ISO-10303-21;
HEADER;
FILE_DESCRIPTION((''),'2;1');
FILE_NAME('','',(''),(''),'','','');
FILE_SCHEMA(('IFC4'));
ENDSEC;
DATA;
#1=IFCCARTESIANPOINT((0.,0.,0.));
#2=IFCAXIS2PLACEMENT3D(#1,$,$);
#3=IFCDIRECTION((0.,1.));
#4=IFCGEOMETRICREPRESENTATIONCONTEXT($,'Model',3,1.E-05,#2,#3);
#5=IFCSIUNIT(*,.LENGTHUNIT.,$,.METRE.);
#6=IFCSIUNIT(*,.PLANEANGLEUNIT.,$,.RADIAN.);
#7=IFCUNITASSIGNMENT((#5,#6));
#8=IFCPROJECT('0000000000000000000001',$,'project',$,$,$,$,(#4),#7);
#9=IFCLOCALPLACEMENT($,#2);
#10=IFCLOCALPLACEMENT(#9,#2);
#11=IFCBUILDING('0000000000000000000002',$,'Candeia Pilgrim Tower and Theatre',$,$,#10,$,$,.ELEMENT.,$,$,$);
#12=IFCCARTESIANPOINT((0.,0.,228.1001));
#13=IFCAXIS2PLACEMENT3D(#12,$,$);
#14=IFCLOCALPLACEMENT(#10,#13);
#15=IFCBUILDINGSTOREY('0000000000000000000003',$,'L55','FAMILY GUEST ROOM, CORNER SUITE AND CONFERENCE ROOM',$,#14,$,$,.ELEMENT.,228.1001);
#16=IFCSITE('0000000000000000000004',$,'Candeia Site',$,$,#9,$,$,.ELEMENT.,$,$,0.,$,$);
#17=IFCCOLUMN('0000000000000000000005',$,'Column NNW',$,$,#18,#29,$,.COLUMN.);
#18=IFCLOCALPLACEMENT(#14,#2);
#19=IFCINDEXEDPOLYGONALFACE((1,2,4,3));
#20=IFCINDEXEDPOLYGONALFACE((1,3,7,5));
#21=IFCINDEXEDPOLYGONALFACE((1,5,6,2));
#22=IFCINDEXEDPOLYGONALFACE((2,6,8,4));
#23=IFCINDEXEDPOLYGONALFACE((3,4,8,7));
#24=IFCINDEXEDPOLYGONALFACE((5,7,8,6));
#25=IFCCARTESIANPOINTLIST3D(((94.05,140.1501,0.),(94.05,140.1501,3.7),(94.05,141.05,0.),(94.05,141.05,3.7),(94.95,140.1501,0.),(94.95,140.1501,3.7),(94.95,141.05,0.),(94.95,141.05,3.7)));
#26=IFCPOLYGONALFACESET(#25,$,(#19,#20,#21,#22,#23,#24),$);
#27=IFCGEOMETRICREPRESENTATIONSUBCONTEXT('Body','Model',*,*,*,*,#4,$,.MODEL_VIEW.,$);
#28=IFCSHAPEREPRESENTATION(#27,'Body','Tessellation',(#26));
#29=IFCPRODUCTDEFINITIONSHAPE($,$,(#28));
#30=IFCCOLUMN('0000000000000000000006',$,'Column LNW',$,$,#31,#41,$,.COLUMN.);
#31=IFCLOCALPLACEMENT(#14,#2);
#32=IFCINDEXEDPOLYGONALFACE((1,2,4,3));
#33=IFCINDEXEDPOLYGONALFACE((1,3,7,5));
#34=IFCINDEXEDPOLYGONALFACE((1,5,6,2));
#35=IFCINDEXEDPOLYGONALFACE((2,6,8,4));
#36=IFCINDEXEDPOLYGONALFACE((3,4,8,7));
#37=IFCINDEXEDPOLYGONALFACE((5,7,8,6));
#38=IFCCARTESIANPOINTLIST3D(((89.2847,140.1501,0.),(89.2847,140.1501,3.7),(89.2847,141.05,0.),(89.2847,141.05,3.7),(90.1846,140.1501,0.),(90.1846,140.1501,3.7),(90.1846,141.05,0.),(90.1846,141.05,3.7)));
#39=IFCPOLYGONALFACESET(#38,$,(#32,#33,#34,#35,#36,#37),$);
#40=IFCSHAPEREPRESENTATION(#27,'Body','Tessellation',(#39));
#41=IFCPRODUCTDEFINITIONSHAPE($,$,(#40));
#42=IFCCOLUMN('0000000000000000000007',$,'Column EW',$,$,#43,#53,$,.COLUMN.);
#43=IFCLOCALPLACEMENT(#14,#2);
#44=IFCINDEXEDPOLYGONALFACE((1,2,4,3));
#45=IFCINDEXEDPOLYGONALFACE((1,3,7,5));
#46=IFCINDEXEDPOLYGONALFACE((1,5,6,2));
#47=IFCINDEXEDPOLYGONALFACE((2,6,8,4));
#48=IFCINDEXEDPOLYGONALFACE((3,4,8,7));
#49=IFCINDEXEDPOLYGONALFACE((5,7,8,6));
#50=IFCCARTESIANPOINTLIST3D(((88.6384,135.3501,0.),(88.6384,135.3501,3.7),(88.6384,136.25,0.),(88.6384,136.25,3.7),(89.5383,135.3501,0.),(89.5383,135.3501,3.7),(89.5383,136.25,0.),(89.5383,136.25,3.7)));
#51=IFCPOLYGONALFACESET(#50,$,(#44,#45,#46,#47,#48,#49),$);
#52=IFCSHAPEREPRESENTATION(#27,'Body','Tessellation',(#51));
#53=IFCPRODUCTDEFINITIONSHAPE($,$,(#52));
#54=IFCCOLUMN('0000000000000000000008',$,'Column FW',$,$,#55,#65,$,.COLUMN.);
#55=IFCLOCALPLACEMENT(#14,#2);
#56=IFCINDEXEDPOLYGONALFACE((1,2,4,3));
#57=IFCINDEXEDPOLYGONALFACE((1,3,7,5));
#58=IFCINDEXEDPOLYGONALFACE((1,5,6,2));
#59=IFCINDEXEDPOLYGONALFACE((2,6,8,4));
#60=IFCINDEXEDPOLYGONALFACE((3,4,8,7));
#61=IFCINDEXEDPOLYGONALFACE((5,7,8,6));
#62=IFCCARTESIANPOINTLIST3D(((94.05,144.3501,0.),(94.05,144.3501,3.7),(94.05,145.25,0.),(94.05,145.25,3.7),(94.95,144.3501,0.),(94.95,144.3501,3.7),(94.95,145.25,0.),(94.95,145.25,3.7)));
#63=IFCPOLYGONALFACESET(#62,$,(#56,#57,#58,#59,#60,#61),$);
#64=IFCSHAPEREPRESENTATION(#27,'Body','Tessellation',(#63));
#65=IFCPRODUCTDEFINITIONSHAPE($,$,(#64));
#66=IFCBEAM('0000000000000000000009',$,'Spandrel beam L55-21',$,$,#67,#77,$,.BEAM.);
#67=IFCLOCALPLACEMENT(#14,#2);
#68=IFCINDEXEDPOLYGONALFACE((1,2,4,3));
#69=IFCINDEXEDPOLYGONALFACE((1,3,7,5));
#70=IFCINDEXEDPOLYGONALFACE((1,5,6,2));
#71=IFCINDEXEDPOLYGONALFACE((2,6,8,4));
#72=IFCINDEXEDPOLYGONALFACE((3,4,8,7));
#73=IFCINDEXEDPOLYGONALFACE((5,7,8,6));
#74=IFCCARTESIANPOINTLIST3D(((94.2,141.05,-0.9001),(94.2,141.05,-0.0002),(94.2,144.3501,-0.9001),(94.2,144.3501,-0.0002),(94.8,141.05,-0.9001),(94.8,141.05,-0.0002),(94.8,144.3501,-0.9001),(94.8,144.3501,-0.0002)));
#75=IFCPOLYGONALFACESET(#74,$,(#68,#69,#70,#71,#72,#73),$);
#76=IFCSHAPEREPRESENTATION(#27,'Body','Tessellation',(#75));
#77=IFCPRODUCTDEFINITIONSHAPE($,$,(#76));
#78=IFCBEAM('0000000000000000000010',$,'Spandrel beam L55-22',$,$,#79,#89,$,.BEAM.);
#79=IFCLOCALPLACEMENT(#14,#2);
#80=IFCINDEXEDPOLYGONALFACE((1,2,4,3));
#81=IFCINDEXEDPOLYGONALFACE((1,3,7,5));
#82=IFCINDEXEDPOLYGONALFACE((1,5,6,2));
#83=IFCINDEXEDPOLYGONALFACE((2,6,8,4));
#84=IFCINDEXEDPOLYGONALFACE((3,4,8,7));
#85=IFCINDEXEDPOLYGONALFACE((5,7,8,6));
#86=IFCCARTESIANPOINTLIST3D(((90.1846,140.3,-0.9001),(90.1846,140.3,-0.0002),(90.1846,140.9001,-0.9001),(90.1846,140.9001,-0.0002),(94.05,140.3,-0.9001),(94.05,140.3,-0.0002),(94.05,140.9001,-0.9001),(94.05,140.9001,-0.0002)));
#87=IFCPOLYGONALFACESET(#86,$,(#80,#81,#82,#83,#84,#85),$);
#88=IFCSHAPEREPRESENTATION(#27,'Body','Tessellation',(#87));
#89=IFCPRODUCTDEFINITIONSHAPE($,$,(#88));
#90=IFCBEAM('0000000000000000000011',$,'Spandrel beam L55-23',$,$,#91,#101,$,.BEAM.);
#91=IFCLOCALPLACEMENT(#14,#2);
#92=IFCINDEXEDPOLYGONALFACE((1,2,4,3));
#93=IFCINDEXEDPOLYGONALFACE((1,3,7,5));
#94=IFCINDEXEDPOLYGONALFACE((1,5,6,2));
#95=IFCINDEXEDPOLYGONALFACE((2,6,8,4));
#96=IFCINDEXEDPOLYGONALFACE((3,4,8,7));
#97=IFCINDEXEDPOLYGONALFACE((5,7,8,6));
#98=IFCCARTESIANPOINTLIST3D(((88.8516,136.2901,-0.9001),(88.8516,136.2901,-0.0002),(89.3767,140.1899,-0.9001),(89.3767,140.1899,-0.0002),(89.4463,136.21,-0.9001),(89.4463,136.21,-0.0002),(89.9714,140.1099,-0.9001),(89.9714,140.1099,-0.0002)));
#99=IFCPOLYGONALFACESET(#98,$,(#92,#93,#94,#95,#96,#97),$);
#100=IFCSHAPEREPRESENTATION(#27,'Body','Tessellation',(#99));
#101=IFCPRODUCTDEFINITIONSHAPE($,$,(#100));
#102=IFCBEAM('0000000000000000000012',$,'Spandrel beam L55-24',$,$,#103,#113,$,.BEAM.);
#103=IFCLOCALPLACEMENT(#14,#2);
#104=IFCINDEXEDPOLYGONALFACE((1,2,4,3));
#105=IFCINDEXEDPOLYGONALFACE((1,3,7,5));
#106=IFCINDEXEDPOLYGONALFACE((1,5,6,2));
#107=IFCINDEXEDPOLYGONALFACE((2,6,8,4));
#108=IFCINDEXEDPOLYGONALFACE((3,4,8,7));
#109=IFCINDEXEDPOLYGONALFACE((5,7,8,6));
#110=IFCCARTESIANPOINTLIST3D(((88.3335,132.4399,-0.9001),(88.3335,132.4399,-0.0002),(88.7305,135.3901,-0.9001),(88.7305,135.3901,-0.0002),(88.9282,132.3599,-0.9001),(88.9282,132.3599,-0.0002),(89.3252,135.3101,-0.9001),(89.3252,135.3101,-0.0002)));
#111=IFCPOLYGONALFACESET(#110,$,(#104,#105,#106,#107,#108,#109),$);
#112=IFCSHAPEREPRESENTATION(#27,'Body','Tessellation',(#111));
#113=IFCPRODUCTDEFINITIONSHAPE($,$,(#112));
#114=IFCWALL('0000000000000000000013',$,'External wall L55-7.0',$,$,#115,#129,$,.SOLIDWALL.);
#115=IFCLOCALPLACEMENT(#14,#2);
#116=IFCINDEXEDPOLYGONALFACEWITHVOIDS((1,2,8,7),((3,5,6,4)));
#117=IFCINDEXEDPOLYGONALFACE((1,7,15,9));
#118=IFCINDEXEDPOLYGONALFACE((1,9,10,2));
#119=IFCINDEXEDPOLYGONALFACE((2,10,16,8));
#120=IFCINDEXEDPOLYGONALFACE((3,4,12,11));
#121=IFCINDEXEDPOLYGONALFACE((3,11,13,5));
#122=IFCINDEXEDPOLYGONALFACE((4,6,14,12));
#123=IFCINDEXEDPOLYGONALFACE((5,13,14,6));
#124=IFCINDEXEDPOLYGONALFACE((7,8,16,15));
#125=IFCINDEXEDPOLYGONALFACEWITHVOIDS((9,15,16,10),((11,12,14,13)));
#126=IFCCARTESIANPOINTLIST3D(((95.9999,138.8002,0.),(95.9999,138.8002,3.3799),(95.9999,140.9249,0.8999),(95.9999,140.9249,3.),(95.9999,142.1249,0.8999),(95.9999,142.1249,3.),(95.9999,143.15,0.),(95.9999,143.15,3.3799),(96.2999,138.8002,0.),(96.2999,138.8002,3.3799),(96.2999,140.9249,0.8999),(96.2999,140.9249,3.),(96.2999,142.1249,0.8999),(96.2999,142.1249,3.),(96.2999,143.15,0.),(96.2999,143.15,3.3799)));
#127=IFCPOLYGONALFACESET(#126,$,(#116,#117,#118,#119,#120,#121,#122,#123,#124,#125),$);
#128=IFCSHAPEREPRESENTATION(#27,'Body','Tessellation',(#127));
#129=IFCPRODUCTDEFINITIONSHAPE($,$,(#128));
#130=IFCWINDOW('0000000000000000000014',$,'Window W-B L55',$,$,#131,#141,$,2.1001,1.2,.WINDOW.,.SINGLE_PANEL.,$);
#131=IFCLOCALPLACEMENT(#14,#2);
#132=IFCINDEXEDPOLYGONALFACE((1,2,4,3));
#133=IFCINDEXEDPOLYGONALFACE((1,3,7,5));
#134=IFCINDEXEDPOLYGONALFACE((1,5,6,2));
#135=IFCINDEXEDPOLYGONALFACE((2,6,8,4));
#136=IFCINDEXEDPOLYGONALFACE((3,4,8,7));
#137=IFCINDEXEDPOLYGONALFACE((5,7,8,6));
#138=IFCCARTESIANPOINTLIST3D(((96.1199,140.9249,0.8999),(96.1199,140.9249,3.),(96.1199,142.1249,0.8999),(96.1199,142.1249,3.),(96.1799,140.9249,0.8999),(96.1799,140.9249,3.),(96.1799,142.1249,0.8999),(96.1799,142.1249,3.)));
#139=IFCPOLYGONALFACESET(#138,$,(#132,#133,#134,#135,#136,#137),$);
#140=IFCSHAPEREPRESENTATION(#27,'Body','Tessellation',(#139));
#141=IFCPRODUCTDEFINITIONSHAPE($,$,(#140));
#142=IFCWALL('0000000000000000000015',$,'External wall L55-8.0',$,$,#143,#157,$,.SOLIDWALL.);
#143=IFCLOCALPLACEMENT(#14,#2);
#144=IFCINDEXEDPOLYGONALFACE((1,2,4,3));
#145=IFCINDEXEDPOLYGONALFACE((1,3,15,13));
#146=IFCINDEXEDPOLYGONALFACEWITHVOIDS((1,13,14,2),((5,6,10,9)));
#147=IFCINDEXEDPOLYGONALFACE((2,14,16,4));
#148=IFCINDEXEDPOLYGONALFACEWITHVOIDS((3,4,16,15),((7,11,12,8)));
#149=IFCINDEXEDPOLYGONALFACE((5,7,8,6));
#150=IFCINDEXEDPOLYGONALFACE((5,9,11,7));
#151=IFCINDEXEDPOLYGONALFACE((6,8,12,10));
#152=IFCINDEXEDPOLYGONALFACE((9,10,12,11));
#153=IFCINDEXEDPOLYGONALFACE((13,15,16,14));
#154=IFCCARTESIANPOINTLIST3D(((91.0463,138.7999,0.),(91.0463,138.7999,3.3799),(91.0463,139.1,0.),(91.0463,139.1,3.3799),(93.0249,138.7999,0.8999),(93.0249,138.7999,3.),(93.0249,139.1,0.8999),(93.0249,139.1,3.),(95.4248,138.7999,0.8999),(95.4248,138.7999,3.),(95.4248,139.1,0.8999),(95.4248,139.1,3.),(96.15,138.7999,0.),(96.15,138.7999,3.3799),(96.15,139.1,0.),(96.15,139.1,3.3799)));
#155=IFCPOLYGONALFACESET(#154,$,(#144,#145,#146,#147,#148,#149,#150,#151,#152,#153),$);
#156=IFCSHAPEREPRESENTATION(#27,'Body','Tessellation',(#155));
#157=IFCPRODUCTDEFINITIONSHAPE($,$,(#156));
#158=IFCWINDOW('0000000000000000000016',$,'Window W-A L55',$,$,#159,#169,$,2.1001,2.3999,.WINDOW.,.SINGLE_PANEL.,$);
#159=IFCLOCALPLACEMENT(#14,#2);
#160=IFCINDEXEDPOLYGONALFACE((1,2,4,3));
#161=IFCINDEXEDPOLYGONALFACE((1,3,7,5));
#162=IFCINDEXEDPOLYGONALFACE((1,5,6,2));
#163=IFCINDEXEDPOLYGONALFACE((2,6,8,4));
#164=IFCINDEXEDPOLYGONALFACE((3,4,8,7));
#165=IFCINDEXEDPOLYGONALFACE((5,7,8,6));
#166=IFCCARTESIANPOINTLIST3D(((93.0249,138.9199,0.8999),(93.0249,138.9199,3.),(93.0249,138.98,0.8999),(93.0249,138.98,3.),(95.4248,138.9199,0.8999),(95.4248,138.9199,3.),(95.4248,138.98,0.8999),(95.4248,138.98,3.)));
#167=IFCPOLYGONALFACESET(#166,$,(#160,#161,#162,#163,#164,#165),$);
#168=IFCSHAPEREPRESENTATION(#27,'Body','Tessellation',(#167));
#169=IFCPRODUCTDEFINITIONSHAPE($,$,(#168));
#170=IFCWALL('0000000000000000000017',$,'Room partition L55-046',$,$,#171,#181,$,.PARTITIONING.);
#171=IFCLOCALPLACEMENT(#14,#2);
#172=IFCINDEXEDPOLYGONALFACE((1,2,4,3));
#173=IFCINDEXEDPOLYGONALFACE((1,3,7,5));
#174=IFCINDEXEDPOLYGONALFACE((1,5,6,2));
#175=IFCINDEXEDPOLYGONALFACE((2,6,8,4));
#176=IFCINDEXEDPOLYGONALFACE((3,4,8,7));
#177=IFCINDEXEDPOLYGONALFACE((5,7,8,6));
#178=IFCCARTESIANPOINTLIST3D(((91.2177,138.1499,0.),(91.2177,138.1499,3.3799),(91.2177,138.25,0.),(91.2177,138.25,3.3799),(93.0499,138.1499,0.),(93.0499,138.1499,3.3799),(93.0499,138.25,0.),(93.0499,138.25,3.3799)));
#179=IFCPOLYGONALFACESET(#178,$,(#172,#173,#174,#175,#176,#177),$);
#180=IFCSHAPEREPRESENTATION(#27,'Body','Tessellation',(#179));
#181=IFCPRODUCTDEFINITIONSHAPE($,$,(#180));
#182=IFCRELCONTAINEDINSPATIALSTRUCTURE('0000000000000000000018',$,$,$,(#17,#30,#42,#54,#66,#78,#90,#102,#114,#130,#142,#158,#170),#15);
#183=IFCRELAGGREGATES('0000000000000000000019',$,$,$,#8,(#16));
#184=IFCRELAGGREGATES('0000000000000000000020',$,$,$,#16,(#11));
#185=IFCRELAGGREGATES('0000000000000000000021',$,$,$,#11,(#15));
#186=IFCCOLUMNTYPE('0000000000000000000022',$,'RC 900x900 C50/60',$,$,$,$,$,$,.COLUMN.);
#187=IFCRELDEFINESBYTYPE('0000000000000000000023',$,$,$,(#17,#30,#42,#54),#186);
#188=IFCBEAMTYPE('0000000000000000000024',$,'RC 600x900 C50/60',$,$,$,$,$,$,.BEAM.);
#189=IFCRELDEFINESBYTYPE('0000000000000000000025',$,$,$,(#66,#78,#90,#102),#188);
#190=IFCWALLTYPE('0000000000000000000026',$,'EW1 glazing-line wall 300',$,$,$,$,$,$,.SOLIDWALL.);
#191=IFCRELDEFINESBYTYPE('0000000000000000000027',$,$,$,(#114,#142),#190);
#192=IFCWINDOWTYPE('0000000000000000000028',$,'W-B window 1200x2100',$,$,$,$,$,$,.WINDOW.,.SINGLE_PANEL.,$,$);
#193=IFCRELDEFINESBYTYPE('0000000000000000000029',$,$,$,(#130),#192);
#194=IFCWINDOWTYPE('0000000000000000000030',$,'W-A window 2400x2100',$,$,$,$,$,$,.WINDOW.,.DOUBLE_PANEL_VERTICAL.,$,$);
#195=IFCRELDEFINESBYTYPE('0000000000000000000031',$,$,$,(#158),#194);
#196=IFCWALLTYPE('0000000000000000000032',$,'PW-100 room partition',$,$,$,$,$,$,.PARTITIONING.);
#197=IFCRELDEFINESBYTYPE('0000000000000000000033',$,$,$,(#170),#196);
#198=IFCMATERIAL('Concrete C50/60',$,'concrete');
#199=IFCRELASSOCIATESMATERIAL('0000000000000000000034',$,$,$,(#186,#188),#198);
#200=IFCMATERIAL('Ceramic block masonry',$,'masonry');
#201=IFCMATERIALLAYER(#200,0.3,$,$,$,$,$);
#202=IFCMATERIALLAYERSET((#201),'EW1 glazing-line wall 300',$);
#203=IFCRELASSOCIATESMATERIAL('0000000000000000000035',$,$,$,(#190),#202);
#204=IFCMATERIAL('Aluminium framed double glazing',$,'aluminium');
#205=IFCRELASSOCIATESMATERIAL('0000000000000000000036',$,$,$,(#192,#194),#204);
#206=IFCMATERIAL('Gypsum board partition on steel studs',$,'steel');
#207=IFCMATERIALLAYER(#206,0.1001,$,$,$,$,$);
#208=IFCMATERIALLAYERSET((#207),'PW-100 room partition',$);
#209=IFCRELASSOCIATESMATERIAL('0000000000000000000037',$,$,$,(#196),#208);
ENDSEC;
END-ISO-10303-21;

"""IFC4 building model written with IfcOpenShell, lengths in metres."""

from ifc_helpers import new_model, si_unit, direction, frame, frame_2d, origin, origin_2d, place, context, subcontext, project, spatial, rectangle, extrude, material, layer, layer_set, material_profile, profile_set, type_object, element, fill, save


model = new_model("IFC4")

# Units and contexts
model_context = context("Model", 3, precision=1e-05, world=origin(), true_north=direction((0.0, 1.0)))
body_context = subcontext(model_context, "Body", "Model", "MODEL_VIEW")
ifc_project = project(units=[si_unit("LENGTHUNIT", "METRE"), si_unit("PLANEANGLEUNIT", "RADIAN")], contexts=[model_context])

# Site, building, storey
site_placement = place(None, origin())
site = spatial("IfcSite", under=ifc_project, at=site_placement, Name="Candeia Site", CompositionType="ELEMENT", RefElevation=0.0)
building_placement = place(site_placement, origin())
building = spatial("IfcBuilding", under=site, at=building_placement, Name="Candeia Pilgrim Tower and Theatre", CompositionType="ELEMENT")
storey_placement = place(building_placement, frame((0.0, 0.0, 228.1001)))
storey = spatial("IfcBuildingStorey", under=building, at=storey_placement, Name="L55", Description="FAMILY GUEST ROOM, CORNER SUITE AND CONFERENCE ROOM", CompositionType="ELEMENT", Elevation=228.1001)

# Columns
ifc_material_1 = material(Name="Concrete C50/60", Category="concrete")
ifc_material_profile_1 = material_profile(ifc_material_1, rectangle(XDim=0.8999, YDim=0.8999, at=origin_2d()))
ifc_profile_set_1 = profile_set([ifc_material_profile_1], Name="Concrete C50/60")
column_type = type_object("IfcColumnType", Name="RC 900x900 C50/60", PredefinedType="COLUMN", material=ifc_profile_set_1)
for number, where, z_axis, x_axis, name in (
    (1, (94.5, 140.6001, 0.0), (0.0, 0.0, 1.0), (1.0, 0.0, 0.0), "Column NNW"),
    (2, (89.7346, 140.6001, 0.0), (0.0, 0.0, 1.0), (1.0, 0.0, 0.0), "Column LNW"),
    (3, (89.0884, 135.8, 0.0), (0.0, 0.0, 1.0), (1.0, 0.0, 0.0), "Column EW"),
    (4, (94.5, 144.8, 0.0), (0.0, 0.0, 1.0), (1.0, 0.0, 0.0), "Column FW"),
):
    element("IfcColumn", number, at=place(storey_placement, frame(where, z_axis=z_axis, x_axis=x_axis)), inside=storey, type_object=column_type, Name=name, PredefinedType="COLUMN", context=body_context, shape_type="SweptSolid", body=[
        extrude(rectangle(XDim=0.8999, YDim=0.8999, at=origin_2d()), origin(), (0.0, 0.0, 1.0), 3.7),
    ])

# Beams
ifc_material_profile_2 = material_profile(ifc_material_1, rectangle(XDim=0.6001, YDim=0.8999, at=origin_2d()))
ifc_profile_set_2 = profile_set([ifc_material_profile_2], Name="Concrete C50/60")
beam_type = type_object("IfcBeamType", Name="RC 600x900 C50/60", PredefinedType="BEAM", material=ifc_profile_set_2)
beam_1_placement = place(storey_placement, frame((94.5, 144.3501, -0.4502), z_axis=(0.0, -1.0, 0.0), x_axis=(1.0, 0.0, 0.0)))
element("IfcBeam", 5, at=beam_1_placement, inside=storey, type_object=beam_type, Name="Spandrel beam L55-21", PredefinedType="BEAM", context=body_context, shape_type="SweptSolid", body=[
    extrude(rectangle(XDim=0.6001, YDim=0.8999, at=origin_2d()), origin(), (0.0, 0.0, 1.0), 3.3),
])
beam_2_placement = place(storey_placement, frame((94.05, 140.6001, -0.4502), z_axis=(-1.0, 0.0, 0.0), x_axis=(0.0, -1.0, 0.0)))
element("IfcBeam", 6, at=beam_2_placement, inside=storey, type_object=beam_type, Name="Spandrel beam L55-22", PredefinedType="BEAM", context=body_context, shape_type="SweptSolid", body=[
    extrude(rectangle(XDim=0.6001, YDim=0.8999, at=origin_2d()), origin(), (0.0, 0.0, 1.0), 3.8655),
])
beam_3_placement = place(storey_placement, frame((89.6741, 140.1499, -0.4502), z_axis=(-0.133452, -0.991055, 0.0), x_axis=(0.991055, -0.133452, 0.0)))
element("IfcBeam", 7, at=beam_3_placement, inside=storey, type_object=beam_type, Name="Spandrel beam L55-23", PredefinedType="BEAM", context=body_context, shape_type="SweptSolid", body=[
    extrude(rectangle(XDim=0.6001, YDim=0.8999, at=origin_2d()), origin(), (0.0, 0.0, 1.0), 3.9351),
])
beam_4_placement = place(storey_placement, frame((89.0278, 135.3501, -0.4502), z_axis=(-0.133356, -0.991068, 0.0), x_axis=(0.991068, -0.133356, 0.0)))
element("IfcBeam", 8, at=beam_4_placement, inside=storey, type_object=beam_type, Name="Spandrel beam L55-24", PredefinedType="BEAM", context=body_context, shape_type="SweptSolid", body=[
    extrude(rectangle(XDim=0.6001, YDim=0.8999, at=origin_2d()), origin(), (0.0, 0.0, 1.0), 2.9768),
])

# Walls, openings, windows
ifc_material_2 = material(Name="Ceramic block masonry", Category="masonry")
ifc_layer_1 = layer(ifc_material_2, 0.3)
ifc_layer_set_1 = layer_set([ifc_layer_1], Name="EW1 glazing-line wall 300")
wall_type_1 = type_object("IfcWallType", Name="EW1 glazing-line wall 300", PredefinedType="SOLIDWALL", material=ifc_layer_set_1)
wall_1_placement = place(storey_placement, frame((96.1499, 143.1499, 0.0), z_axis=(0.0, 0.0, 1.0), x_axis=(0.0, -1.0, 0.0)))
wall_1 = element("IfcWall", 9, at=wall_1_placement, inside=storey, type_object=wall_type_1, Name="External wall L55-7.0", PredefinedType="SOLIDWALL", context=body_context, shape_type="SweptSolid", body=[
    extrude(rectangle(XDim=4.3499, YDim=0.3, at=frame_2d((2.1748, 0.0))), origin(), (0.0, 0.0, 1.0), 3.3799),
])
opening_1_placement = place(wall_1_placement, frame((1.0249, 0.0, 0.8999)))
opening_1 = element("IfcOpeningElement", 10, at=opening_1_placement, cuts=wall_1, PredefinedType="OPENING", context=body_context, shape_type="SweptSolid", body=[
    extrude(rectangle(XDim=1.2, YDim=2.1001, at=frame_2d((0.6001, 1.05))), frame((0.0, 0.1602, 0.0), z_axis=(0.0, -1.0, 0.0), x_axis=(1.0, 0.0, 0.0)), (0.0, 0.0, 1.0), 0.3201),
])
ifc_material_3 = material(Name="Aluminium framed double glazing", Category="aluminium")
window_type_1 = type_object("IfcWindowType", Name="W-B window 1200x2100", PartitioningType="SINGLE_PANEL", PredefinedType="WINDOW", material=ifc_material_3)
window_1_placement = place(opening_1_placement, origin())
window_1 = element("IfcWindow", 11, at=window_1_placement, inside=storey, type_object=window_type_1, Name="Window W-B L55", OverallHeight=2.1001, OverallWidth=1.2, PartitioningType="SINGLE_PANEL", PredefinedType="WINDOW", context=body_context, shape_type="SweptSolid", body=[
    extrude(rectangle(XDim=1.2, YDim=2.1001, at=frame_2d((0.6001, 1.05))), frame((0.0, 0.03, 0.0), z_axis=(0.0, -1.0, 0.0), x_axis=(1.0, 0.0, 0.0)), (0.0, 0.0, 1.0), 0.0601),
])
fill(opening_1, window_1)
wall_2_placement = place(storey_placement, frame((96.1499, 138.95, 0.0), z_axis=(0.0, 0.0, 1.0), x_axis=(-1.0, 0.0, 0.0)))
wall_2 = element("IfcWall", 12, at=wall_2_placement, inside=storey, type_object=wall_type_1, Name="External wall L55-8.0", PredefinedType="SOLIDWALL", context=body_context, shape_type="SweptSolid", body=[
    extrude(rectangle(XDim=5.1038, YDim=0.3, at=frame_2d((2.5518, 0.0))), origin(), (0.0, 0.0, 1.0), 3.3799),
])
opening_2_placement = place(wall_2_placement, frame((0.7251, 0.0, 0.8999)))
opening_2 = element("IfcOpeningElement", 13, at=opening_2_placement, cuts=wall_2, PredefinedType="OPENING", context=body_context, shape_type="SweptSolid", body=[
    extrude(rectangle(XDim=2.3999, YDim=2.1001, at=frame_2d((1.2, 1.05))), frame((0.0, 0.1602, 0.0), z_axis=(0.0, -1.0, 0.0), x_axis=(1.0, 0.0, 0.0)), (0.0, 0.0, 1.0), 0.3201),
])
window_type_2 = type_object("IfcWindowType", Name="W-A window 2400x2100", PartitioningType="DOUBLE_PANEL_VERTICAL", PredefinedType="WINDOW", material=ifc_material_3)
window_2_placement = place(opening_2_placement, origin())
window_2 = element("IfcWindow", 14, at=window_2_placement, inside=storey, type_object=window_type_2, Name="Window W-A L55", OverallHeight=2.1001, OverallWidth=2.3999, PartitioningType="SINGLE_PANEL", PredefinedType="WINDOW", context=body_context, shape_type="SweptSolid", body=[
    extrude(rectangle(XDim=2.3999, YDim=2.1001, at=frame_2d((1.2, 1.05))), frame((0.0, 0.03, 0.0), z_axis=(0.0, -1.0, 0.0), x_axis=(1.0, 0.0, 0.0)), (0.0, 0.0, 1.0), 0.0601),
])
fill(opening_2, window_2)

# Wall
ifc_material_4 = material(Name="Gypsum board partition on steel studs", Category="steel")
ifc_layer_2 = layer(ifc_material_4, 0.1001)
ifc_layer_set_2 = layer_set([ifc_layer_2], Name="PW-100 room partition")
wall_type_2 = type_object("IfcWallType", Name="PW-100 room partition", PredefinedType="PARTITIONING", material=ifc_layer_set_2)
wall_3_placement = place(storey_placement, frame((91.2178, 138.2, 0.0), z_axis=(0.0, 0.0, 1.0), x_axis=(1.0, 0.0, 0.0)))
element("IfcWall", 15, at=wall_3_placement, inside=storey, type_object=wall_type_2, Name="Room partition L55-046", PredefinedType="PARTITIONING", context=body_context, shape_type="SweptSolid", body=[
    extrude(rectangle(XDim=1.8323, YDim=0.1001, at=frame_2d((0.916, 0.0))), origin(), (0.0, 0.0, 1.0), 3.3799),
])

save(model, "model.ifc")
